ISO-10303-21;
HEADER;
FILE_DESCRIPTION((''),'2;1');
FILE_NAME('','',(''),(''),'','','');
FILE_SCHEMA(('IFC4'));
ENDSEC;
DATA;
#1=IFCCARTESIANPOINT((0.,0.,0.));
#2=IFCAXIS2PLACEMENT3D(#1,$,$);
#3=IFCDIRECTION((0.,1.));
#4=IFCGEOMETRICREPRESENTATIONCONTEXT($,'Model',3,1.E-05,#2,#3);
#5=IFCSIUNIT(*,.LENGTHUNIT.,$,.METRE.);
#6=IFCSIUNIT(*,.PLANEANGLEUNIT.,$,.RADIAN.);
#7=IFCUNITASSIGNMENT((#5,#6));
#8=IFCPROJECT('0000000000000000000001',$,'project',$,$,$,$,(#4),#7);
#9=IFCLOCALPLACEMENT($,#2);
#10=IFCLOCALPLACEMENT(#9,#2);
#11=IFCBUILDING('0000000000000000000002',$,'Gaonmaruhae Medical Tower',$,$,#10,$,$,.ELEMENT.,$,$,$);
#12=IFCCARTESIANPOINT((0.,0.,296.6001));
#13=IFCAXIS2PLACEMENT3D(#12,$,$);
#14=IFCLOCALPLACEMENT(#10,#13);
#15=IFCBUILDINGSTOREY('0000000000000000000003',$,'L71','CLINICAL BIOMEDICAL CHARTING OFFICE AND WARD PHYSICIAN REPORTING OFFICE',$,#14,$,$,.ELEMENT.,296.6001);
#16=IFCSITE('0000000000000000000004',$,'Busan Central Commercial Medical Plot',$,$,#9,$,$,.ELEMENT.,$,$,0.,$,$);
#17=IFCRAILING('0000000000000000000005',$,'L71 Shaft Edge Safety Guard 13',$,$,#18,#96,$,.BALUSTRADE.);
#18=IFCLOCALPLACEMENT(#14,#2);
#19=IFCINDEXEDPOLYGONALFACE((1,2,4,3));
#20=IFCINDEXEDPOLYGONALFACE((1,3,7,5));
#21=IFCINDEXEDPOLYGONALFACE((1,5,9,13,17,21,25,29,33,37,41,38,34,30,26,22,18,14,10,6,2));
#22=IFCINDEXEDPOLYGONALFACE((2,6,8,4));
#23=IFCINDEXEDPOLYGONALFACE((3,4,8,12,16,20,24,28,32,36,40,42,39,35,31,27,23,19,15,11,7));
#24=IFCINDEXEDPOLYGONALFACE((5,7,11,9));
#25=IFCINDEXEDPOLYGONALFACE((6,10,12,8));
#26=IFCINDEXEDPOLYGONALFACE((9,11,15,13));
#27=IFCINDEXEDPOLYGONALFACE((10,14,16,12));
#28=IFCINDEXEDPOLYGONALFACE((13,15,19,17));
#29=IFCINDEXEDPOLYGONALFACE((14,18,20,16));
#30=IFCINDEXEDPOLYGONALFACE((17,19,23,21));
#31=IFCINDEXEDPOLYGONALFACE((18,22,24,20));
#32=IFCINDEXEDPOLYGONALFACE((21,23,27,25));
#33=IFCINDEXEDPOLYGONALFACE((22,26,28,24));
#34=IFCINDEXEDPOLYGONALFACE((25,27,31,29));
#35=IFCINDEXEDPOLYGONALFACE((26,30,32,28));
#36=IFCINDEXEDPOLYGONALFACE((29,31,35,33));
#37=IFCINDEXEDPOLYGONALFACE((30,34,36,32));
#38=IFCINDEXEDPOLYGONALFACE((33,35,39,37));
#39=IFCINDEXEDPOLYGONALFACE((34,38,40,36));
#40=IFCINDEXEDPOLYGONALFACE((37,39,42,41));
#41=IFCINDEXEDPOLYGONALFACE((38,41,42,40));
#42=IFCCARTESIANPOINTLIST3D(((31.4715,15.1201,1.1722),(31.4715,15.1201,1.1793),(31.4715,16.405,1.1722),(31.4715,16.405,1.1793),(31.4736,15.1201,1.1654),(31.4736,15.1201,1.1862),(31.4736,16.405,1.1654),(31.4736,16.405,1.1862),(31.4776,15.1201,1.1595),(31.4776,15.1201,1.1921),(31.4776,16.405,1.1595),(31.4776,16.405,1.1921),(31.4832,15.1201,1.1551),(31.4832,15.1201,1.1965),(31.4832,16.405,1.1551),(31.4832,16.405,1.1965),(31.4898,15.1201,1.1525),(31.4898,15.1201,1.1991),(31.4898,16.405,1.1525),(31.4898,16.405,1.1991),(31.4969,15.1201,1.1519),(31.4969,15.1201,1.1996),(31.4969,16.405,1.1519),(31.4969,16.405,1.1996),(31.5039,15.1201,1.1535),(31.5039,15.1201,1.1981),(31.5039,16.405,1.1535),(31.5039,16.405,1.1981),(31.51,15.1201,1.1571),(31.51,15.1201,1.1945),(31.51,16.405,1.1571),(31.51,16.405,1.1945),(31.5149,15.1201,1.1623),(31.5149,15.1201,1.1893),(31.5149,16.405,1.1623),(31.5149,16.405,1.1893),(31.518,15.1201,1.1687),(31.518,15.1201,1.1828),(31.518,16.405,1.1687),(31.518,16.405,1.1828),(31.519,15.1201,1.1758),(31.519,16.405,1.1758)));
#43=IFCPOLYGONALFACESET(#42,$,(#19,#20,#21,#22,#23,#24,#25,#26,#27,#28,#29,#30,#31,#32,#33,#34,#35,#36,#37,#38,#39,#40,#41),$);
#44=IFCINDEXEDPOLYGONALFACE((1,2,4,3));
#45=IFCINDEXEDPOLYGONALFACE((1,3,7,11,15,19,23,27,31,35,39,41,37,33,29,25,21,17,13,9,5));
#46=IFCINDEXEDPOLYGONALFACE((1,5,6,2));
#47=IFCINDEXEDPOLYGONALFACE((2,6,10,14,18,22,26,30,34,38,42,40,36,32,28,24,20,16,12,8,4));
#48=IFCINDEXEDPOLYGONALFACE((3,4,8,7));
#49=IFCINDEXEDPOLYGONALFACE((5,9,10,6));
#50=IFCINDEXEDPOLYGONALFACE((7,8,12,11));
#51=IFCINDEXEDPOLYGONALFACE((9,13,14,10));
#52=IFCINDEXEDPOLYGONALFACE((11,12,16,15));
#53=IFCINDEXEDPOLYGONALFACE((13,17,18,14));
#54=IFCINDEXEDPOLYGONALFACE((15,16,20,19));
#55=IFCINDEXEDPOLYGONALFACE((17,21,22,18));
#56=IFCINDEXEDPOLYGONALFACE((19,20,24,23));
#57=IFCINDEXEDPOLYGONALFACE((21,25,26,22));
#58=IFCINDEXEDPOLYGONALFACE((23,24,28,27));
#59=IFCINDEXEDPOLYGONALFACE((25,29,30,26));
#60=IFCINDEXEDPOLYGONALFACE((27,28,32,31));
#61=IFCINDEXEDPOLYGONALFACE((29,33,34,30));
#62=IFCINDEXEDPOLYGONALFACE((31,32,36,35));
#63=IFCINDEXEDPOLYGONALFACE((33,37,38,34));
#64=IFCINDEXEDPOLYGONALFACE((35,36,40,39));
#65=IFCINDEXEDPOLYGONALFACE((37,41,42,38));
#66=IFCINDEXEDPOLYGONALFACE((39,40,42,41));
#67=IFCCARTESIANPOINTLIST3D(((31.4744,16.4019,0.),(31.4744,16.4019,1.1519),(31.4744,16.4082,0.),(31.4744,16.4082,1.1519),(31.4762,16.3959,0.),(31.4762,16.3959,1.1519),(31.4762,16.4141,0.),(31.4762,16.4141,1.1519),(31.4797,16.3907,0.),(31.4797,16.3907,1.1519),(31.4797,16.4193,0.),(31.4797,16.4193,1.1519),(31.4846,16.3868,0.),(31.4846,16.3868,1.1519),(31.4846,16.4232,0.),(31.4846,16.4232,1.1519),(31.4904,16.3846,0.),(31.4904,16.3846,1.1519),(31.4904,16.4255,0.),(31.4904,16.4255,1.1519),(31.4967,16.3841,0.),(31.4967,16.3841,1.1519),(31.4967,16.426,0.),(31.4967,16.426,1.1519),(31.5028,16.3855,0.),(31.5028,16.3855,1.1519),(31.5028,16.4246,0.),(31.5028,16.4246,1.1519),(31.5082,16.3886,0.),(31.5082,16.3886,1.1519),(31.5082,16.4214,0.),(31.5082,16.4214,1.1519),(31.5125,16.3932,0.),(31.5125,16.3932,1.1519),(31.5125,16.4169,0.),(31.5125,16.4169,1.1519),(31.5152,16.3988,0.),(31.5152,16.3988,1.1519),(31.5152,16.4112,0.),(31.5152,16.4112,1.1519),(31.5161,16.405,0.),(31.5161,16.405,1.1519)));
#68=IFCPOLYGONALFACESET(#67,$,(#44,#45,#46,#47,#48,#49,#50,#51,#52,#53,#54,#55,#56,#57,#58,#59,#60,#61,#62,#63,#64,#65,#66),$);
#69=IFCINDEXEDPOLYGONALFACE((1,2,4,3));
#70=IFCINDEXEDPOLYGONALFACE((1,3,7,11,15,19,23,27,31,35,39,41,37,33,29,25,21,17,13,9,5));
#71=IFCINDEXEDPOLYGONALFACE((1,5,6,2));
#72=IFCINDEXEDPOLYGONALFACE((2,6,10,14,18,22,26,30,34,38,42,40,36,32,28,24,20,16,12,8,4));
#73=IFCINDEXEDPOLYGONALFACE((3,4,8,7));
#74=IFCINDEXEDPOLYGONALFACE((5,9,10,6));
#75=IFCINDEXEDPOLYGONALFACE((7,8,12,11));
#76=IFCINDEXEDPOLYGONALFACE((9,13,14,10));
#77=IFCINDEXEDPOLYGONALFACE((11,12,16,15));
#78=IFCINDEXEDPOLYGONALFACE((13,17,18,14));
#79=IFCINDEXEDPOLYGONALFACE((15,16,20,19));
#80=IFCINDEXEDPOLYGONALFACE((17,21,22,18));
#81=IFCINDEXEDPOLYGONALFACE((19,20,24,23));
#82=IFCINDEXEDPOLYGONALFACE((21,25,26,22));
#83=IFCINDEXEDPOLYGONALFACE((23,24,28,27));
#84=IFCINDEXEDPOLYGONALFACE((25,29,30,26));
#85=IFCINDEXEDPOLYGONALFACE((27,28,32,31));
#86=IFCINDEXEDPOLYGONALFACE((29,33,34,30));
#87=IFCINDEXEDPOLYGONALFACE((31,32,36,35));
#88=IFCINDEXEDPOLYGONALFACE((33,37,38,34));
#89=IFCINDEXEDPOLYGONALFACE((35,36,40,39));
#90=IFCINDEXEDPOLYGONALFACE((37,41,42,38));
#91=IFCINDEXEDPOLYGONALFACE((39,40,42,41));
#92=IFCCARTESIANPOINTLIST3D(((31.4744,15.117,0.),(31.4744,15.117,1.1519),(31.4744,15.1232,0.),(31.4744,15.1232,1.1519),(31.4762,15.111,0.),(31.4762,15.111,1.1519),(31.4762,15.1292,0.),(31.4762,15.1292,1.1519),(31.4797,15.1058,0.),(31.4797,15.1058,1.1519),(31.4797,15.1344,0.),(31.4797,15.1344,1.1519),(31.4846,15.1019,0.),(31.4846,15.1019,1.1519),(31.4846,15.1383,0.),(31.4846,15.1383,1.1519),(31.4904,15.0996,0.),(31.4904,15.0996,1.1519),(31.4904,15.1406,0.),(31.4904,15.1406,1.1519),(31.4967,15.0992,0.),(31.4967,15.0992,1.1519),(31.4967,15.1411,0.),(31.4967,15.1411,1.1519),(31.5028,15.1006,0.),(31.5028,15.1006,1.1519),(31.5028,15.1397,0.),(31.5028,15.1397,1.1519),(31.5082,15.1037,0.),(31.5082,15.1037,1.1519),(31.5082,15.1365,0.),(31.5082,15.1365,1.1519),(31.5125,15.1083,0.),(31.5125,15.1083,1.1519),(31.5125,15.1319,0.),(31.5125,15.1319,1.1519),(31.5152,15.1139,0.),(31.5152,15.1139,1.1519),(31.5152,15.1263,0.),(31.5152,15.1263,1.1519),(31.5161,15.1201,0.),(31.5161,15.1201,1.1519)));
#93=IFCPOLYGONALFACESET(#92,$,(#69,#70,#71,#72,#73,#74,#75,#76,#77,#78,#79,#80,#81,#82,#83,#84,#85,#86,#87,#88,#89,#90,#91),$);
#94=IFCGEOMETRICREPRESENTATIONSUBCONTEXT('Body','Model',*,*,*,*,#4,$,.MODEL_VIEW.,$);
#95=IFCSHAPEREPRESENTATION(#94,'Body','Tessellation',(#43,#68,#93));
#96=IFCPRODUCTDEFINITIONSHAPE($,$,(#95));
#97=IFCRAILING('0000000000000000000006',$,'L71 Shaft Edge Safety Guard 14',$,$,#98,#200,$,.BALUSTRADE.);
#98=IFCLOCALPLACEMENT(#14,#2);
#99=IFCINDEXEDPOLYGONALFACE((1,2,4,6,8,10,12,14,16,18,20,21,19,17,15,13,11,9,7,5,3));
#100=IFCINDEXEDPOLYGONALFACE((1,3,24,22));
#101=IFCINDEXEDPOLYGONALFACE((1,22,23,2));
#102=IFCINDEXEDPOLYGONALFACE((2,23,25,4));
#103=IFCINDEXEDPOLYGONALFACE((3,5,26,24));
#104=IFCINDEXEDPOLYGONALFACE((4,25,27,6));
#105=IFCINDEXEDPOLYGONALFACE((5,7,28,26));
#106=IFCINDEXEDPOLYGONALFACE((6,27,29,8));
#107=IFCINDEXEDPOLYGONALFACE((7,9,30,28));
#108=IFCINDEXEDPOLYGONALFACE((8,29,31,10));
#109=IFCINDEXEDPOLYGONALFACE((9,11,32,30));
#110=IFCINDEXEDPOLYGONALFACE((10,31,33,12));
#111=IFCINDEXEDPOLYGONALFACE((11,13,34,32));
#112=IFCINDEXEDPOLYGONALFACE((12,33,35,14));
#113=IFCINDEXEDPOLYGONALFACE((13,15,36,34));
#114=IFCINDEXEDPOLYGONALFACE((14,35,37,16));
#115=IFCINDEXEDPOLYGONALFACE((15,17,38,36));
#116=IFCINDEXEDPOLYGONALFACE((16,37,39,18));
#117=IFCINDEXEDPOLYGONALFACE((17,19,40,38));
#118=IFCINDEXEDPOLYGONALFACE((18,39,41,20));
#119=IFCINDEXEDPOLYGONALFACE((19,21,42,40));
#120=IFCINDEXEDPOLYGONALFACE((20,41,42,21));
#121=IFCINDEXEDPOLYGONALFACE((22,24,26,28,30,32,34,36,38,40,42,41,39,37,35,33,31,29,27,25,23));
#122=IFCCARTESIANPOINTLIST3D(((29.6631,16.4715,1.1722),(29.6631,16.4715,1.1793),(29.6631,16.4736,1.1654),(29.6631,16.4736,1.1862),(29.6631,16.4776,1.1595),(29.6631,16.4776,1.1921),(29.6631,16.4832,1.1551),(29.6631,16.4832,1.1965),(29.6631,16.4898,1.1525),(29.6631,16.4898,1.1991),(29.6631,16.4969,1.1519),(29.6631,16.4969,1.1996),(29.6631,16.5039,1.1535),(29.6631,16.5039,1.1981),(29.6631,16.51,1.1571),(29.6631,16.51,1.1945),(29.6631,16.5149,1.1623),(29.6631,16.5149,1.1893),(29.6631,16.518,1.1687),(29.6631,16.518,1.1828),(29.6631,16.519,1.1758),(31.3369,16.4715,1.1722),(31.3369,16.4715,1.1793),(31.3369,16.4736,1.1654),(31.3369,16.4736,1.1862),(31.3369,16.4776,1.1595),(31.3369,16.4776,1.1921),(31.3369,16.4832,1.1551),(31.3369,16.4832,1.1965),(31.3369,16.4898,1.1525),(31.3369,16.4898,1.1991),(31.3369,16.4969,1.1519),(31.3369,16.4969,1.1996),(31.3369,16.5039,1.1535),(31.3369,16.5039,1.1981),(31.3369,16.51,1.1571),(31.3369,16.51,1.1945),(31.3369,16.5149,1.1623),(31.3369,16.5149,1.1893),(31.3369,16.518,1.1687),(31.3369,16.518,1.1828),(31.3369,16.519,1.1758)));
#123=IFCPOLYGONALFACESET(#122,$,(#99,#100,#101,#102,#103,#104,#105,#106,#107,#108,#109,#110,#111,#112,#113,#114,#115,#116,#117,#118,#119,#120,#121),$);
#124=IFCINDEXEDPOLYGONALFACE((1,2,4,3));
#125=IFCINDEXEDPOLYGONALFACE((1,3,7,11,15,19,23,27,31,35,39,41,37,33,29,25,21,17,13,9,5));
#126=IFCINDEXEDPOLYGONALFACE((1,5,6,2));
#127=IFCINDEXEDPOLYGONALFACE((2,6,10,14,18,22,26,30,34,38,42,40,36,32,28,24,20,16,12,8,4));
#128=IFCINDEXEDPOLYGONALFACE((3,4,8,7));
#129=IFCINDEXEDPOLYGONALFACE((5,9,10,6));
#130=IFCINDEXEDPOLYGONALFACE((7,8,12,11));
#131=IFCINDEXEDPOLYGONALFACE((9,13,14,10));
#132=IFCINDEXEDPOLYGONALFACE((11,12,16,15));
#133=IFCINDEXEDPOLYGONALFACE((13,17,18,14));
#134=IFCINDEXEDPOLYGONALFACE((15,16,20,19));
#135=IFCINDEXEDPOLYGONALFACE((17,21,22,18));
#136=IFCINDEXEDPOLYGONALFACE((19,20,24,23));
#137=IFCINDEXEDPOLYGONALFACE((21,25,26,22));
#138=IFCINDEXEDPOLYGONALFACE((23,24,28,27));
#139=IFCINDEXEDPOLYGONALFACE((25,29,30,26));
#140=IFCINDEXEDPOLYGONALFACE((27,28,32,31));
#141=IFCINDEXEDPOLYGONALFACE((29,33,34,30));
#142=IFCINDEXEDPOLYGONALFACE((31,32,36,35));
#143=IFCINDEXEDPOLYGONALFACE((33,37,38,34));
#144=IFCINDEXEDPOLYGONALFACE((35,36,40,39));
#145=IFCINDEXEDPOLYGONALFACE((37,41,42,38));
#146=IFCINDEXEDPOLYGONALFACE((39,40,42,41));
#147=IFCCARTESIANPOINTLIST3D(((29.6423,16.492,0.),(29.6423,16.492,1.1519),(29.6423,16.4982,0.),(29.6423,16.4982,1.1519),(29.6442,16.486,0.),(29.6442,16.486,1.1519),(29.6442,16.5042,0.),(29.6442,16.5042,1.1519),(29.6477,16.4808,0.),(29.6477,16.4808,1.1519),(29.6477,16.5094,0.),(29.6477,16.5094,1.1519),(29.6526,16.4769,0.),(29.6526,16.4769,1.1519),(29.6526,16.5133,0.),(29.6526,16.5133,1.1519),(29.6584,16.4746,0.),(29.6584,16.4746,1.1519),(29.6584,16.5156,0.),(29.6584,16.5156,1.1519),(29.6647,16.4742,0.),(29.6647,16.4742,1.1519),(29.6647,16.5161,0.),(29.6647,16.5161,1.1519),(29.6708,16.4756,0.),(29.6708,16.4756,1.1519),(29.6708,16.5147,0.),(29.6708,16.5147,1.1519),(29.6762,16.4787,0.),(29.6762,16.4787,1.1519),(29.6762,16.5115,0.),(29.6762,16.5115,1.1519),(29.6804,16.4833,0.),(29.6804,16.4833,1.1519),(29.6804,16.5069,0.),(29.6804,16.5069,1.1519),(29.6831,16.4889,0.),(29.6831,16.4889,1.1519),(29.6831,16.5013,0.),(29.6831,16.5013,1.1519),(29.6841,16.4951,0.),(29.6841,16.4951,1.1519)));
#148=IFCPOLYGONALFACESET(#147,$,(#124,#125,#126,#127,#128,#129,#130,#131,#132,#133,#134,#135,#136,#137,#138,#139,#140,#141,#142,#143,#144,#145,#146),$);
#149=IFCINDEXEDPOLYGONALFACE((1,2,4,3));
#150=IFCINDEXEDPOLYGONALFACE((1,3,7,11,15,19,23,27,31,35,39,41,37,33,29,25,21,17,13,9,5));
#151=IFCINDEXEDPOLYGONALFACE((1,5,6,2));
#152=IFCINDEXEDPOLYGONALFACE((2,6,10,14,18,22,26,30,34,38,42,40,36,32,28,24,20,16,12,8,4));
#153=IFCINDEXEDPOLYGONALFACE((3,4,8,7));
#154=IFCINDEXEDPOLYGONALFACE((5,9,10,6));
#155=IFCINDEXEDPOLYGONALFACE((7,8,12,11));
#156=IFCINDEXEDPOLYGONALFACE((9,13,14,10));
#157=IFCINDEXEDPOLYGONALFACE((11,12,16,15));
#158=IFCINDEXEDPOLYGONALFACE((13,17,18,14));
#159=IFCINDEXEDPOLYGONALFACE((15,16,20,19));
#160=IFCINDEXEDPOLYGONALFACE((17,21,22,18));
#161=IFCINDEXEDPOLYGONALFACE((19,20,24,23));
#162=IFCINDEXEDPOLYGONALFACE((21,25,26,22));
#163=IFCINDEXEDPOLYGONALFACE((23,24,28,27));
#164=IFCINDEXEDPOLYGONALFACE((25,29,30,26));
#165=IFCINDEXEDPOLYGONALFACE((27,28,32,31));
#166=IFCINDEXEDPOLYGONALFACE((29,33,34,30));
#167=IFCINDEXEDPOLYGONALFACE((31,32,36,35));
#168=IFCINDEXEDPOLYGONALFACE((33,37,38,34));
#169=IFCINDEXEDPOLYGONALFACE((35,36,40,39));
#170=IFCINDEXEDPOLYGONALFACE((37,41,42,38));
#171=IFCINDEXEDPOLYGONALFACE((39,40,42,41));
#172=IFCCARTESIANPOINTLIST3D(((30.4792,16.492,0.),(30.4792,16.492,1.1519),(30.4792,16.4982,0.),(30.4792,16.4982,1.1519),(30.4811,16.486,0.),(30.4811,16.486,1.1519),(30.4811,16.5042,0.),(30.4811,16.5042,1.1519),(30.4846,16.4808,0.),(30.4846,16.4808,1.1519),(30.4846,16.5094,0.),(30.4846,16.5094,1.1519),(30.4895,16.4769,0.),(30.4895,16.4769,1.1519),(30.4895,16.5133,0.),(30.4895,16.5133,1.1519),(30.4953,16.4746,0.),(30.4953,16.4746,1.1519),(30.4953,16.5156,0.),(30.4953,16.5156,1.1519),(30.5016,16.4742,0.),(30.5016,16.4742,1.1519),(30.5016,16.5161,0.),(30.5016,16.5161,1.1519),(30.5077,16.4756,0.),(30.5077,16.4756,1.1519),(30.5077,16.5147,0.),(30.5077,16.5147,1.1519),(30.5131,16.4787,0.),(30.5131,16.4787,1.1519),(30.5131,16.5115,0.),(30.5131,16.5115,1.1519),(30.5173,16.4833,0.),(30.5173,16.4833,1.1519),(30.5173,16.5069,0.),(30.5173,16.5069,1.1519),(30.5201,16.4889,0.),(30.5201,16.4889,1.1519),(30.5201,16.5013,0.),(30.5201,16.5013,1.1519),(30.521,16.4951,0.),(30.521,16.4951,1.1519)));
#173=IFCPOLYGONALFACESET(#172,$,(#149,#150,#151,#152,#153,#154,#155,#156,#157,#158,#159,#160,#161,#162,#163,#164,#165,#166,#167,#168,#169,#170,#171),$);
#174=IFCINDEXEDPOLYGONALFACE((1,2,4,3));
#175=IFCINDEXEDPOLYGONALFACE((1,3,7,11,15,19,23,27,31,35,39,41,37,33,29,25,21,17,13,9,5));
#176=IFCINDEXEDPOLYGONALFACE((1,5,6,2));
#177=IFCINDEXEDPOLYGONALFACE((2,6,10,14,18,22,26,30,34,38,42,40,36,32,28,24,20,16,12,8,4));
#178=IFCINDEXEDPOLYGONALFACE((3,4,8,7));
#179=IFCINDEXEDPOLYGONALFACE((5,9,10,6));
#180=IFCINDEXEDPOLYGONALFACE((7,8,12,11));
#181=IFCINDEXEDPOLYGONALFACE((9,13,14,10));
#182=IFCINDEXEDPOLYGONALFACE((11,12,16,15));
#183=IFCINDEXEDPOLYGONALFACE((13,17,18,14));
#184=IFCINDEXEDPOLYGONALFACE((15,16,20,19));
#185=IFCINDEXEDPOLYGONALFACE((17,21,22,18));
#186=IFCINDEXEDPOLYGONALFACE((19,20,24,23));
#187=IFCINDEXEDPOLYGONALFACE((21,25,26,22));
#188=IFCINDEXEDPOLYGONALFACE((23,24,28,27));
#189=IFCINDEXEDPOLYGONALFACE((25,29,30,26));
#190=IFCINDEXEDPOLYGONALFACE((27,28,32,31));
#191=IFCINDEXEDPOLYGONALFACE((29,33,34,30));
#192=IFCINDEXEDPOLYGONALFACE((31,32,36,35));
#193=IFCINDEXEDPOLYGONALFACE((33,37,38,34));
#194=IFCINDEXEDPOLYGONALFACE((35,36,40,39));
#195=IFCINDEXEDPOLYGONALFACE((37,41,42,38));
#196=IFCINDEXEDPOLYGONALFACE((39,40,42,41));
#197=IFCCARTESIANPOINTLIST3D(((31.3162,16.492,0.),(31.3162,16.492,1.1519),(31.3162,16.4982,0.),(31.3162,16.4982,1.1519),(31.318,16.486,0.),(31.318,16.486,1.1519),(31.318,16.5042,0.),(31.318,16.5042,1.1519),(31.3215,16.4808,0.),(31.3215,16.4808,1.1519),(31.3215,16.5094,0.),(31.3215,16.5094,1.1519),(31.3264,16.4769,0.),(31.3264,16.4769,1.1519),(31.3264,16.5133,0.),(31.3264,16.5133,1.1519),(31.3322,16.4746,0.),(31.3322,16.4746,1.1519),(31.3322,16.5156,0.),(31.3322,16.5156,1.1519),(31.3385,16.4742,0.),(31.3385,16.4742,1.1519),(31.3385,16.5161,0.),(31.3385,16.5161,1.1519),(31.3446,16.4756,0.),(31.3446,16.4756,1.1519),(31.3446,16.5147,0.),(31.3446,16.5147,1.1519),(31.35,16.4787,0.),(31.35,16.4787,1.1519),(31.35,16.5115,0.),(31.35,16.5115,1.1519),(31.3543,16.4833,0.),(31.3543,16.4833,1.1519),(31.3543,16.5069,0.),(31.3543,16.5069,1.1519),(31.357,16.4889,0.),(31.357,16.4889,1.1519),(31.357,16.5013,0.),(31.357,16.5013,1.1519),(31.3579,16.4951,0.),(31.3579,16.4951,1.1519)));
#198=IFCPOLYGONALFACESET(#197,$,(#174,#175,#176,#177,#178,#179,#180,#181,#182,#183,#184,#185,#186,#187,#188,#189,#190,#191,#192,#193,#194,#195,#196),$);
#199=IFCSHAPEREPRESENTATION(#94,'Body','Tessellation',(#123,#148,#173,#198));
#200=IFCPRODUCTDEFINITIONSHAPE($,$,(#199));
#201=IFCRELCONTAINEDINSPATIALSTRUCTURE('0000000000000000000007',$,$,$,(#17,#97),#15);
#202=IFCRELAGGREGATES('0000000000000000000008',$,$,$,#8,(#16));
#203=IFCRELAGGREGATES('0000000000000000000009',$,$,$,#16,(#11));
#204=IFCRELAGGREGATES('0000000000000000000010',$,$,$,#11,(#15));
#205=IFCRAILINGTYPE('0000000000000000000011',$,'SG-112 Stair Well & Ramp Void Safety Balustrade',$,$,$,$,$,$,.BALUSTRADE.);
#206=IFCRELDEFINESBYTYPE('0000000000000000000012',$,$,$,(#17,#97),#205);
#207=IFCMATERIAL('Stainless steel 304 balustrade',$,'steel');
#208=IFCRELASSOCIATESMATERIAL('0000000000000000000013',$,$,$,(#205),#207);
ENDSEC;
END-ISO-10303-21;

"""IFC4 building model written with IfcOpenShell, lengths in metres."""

from ifc_helpers import new_model, si_unit, direction, frame, origin, origin_2d, place, context, subcontext, project, spatial, circle, extrude, material, type_object, element, save


model = new_model("IFC4")

# Units and contexts
model_context = context("Model", 3, precision=1e-05, world=origin(), true_north=direction((0.0, 1.0)))
body_context = subcontext(model_context, "Body", "Model", "MODEL_VIEW")
ifc_project = project(units=[si_unit("LENGTHUNIT", "METRE"), si_unit("PLANEANGLEUNIT", "RADIAN")], contexts=[model_context])

# Site, building, storey
site_placement = place(None, origin())
site = spatial("IfcSite", under=ifc_project, at=site_placement, Name="Busan Central Commercial Medical Plot", CompositionType="ELEMENT", RefElevation=0.0)
building_placement = place(site_placement, origin())
building = spatial("IfcBuilding", under=site, at=building_placement, Name="Gaonmaruhae Medical Tower", CompositionType="ELEMENT")
storey_placement = place(building_placement, frame((0.0, 0.0, 296.6001)))
storey = spatial("IfcBuildingStorey", under=building, at=storey_placement, Name="L71", Description="CLINICAL BIOMEDICAL CHARTING OFFICE AND WARD PHYSICIAN REPORTING OFFICE", CompositionType="ELEMENT", Elevation=296.6001)

# Railings
ifc_material_1 = material(Name="Stainless steel 304 balustrade", Category="steel")
railing_type_1 = type_object("IfcRailingType", Name="SG-112 Stair Well & Ramp Void Safety Balustrade", PredefinedType="BALUSTRADE", material=ifc_material_1)
railing_1_placement = place(storey_placement, frame((31.4951, 16.405, 0.0)))
element("IfcRailing", 1, at=railing_1_placement, inside=storey, type_object=railing_type_1, Name="L71 Shaft Edge Safety Guard 13", PredefinedType="BALUSTRADE", context=body_context, shape_type="SweptSolid", body=[
    extrude(circle(Radius=0.0239, at=origin_2d()), frame((0.0, 0.0, 1.1758), z_axis=(0.0, -1.0, 0.0), x_axis=(1.0, 0.0, 0.0)), (0.0, 0.0, 1.0), 1.2849),
    extrude(circle(Radius=0.021, at=origin_2d()), origin(), (0.0, 0.0, 1.0), 1.1519),
    extrude(circle(Radius=0.021, at=origin_2d()), frame((0.0, -1.2849, 0.0)), (0.0, 0.0, 1.0), 1.1519),
])
railing_2_placement = place(storey_placement, frame((29.6631, 16.4951, 0.0)))
element("IfcRailing", 2, at=railing_2_placement, inside=storey, type_object=railing_type_1, Name="L71 Shaft Edge Safety Guard 14", PredefinedType="BALUSTRADE", context=body_context, shape_type="SweptSolid", body=[
    extrude(circle(Radius=0.0239, at=origin_2d()), frame((0.0, 0.0, 1.1758), z_axis=(1.0, 0.0, 0.0), x_axis=(0.0, 1.0, 0.0)), (0.0, 0.0, 1.0), 1.6738),
    extrude(circle(Radius=0.021, at=origin_2d()), origin(), (0.0, 0.0, 1.0), 1.1519),
    extrude(circle(Radius=0.021, at=origin_2d()), frame((0.8369, 0.0, 0.0)), (0.0, 0.0, 1.0), 1.1519),
    extrude(circle(Radius=0.021, at=origin_2d()), frame((1.6738, 0.0, 0.0)), (0.0, 0.0, 1.0), 1.1519),
])

save(model, "model.ifc")
